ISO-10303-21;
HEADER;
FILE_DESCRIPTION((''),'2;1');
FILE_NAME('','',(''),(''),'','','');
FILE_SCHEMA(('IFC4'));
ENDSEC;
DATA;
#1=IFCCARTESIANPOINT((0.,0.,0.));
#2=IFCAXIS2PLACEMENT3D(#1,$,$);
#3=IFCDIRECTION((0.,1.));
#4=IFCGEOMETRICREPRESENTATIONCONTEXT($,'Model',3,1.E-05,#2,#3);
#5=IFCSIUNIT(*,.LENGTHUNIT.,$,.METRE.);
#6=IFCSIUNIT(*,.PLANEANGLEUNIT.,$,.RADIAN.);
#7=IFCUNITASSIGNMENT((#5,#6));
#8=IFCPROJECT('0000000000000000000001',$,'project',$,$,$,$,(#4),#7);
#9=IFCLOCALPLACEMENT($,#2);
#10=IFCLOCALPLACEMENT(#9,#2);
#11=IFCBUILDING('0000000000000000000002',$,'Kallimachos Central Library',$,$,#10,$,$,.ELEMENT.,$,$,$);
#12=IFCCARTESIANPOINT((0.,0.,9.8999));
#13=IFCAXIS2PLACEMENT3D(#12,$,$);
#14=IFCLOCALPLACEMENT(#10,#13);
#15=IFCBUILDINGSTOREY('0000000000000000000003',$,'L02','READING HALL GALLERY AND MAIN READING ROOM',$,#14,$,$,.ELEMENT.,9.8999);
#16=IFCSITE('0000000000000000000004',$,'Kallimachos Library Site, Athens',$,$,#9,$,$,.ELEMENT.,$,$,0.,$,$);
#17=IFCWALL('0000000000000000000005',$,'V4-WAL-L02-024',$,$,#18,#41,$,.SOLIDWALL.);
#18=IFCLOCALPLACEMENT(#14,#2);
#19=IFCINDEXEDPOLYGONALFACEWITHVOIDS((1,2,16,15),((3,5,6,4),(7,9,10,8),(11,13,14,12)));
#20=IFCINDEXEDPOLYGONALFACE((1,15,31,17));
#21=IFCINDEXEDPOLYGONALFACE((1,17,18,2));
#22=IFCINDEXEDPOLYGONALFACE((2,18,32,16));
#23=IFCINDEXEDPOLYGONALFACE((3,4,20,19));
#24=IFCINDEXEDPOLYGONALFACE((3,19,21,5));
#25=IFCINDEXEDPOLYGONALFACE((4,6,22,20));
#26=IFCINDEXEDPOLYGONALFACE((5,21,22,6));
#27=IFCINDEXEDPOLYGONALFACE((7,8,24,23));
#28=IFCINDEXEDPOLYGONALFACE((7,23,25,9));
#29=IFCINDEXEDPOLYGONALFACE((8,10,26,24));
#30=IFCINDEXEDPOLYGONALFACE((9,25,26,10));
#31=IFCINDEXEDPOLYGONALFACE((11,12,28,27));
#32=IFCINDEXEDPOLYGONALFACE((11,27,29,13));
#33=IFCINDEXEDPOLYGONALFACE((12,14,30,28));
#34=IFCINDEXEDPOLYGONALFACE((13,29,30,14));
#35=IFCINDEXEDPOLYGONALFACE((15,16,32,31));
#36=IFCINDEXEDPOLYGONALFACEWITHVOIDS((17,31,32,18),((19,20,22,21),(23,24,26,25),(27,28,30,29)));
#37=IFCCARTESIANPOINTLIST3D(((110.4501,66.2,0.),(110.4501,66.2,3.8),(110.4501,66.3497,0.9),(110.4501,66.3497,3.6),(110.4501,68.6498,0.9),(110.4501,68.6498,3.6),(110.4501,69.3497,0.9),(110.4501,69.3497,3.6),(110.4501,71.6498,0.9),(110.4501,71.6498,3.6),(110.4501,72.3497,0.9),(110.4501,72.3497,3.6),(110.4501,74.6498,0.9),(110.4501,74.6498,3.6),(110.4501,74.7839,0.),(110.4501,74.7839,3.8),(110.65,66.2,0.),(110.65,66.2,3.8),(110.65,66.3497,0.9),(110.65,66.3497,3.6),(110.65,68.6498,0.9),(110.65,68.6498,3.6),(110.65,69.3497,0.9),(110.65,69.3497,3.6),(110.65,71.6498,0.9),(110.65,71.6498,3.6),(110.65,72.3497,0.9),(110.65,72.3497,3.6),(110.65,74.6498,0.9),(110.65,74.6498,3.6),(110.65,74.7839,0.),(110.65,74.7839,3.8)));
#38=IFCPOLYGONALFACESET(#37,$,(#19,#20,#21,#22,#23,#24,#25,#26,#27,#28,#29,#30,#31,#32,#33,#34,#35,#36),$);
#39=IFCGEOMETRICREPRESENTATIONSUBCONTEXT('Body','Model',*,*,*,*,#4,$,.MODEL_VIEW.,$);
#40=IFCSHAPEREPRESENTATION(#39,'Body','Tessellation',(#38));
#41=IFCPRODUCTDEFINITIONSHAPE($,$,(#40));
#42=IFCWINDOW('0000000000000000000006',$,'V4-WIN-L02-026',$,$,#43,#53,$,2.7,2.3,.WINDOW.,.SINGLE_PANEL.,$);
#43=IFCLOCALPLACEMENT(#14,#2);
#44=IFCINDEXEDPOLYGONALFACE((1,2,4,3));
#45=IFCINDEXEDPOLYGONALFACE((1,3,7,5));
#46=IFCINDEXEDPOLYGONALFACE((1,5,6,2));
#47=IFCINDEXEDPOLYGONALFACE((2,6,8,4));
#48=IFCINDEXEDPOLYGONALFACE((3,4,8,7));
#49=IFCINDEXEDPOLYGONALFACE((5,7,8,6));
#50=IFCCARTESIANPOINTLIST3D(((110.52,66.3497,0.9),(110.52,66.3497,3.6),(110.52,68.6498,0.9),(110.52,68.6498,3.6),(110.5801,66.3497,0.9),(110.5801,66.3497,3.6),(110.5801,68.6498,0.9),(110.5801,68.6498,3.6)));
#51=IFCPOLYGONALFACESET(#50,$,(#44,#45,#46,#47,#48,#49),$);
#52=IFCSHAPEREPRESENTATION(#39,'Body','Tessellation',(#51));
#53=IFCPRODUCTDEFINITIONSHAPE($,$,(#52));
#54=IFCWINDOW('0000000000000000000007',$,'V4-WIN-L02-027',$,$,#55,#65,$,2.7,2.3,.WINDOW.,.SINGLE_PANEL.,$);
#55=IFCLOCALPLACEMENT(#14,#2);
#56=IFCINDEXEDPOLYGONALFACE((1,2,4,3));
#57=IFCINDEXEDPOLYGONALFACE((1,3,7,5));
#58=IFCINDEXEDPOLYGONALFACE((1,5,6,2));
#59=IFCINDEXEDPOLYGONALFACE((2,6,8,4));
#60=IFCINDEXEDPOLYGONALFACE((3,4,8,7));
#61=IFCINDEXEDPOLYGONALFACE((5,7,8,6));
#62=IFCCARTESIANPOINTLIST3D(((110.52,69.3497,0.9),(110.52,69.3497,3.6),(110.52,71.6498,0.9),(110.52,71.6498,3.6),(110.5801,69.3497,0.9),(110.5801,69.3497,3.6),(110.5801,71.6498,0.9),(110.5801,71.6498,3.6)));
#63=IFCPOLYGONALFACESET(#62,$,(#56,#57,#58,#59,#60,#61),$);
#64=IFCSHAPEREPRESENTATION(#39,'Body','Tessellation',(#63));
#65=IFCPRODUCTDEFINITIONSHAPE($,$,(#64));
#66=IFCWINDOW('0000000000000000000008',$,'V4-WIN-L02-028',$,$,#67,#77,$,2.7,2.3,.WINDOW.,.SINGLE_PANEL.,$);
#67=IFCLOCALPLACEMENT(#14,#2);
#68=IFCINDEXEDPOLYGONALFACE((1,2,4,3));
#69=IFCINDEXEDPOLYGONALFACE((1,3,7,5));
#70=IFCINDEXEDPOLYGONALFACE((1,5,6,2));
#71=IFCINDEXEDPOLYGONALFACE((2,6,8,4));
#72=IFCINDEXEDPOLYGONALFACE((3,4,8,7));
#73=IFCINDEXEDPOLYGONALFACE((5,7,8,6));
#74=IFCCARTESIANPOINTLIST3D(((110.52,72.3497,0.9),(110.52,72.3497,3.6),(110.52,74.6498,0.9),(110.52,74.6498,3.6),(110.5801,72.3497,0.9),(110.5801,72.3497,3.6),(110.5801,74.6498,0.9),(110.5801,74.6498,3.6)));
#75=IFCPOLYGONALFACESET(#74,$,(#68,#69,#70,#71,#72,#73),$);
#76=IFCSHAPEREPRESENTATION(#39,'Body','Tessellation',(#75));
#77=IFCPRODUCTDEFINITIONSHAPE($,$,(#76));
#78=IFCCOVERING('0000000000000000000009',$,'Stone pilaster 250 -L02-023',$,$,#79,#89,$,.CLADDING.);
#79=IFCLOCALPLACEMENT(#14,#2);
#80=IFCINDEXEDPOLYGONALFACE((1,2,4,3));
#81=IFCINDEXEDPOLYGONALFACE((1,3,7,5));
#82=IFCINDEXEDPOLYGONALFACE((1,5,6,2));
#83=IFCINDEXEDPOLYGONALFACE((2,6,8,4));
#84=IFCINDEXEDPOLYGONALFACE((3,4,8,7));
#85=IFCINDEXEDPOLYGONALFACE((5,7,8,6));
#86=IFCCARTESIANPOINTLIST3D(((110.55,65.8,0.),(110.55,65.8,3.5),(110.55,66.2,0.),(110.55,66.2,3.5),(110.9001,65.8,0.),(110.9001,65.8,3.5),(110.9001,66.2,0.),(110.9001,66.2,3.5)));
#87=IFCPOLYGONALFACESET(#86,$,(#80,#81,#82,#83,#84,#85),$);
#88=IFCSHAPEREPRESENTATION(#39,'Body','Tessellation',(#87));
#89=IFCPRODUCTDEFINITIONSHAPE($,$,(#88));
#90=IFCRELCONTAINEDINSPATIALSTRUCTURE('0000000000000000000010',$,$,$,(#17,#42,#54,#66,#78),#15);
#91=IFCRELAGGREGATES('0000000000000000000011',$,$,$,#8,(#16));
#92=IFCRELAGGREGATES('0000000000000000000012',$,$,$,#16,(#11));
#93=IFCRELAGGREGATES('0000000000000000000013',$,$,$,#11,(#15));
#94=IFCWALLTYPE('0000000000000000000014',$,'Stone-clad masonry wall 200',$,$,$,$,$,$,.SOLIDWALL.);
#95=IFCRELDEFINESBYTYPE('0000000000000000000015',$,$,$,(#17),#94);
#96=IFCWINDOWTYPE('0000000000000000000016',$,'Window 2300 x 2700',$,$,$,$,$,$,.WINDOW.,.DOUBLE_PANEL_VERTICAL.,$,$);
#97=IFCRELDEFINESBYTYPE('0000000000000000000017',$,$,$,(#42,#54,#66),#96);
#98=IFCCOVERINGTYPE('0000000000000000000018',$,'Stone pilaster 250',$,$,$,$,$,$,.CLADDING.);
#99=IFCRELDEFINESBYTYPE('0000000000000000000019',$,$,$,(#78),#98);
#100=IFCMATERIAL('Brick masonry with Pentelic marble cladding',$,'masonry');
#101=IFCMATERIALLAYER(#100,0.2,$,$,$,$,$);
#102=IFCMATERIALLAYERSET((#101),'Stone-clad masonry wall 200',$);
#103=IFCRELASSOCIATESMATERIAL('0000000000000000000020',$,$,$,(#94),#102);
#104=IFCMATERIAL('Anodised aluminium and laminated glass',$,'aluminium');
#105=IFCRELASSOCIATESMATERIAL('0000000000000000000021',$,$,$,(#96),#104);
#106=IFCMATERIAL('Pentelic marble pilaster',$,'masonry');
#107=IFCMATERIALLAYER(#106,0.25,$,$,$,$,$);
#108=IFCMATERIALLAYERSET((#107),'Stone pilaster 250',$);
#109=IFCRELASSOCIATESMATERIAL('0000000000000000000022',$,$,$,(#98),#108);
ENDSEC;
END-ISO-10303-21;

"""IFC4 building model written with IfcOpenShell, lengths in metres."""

from ifc_helpers import new_model, si_unit, direction, frame, frame_2d, origin, origin_2d, place, context, subcontext, project, spatial, rectangle, extrude, material, layer, layer_set, type_object, element, fill, save


model = new_model("IFC4")

# Units and contexts
model_context = context("Model", 3, precision=1e-05, world=origin(), true_north=direction((0.0, 1.0)))
body_context = subcontext(model_context, "Body", "Model", "MODEL_VIEW")
ifc_project = project(units=[si_unit("LENGTHUNIT", "METRE"), si_unit("PLANEANGLEUNIT", "RADIAN")], contexts=[model_context])

# Site, building, storey
site_placement = place(None, origin())
site = spatial("IfcSite", under=ifc_project, at=site_placement, Name="Kallimachos Library Site, Athens", CompositionType="ELEMENT", RefElevation=0.0)
building_placement = place(site_placement, origin())
building = spatial("IfcBuilding", under=site, at=building_placement, Name="Kallimachos Central Library", CompositionType="ELEMENT")
storey_placement = place(building_placement, frame((0.0, 0.0, 9.8999)))
storey = spatial("IfcBuildingStorey", under=building, at=storey_placement, Name="L02", Description="READING HALL GALLERY AND MAIN READING ROOM", CompositionType="ELEMENT", Elevation=9.8999)

# Wall, openings, windows
ifc_material_1 = material(Name="Brick masonry with Pentelic marble cladding", Category="masonry")
ifc_layer_1 = layer(ifc_material_1, 0.2)
ifc_layer_set_1 = layer_set([ifc_layer_1], Name="Stone-clad masonry wall 200")
wall_type_1 = type_object("IfcWallType", Name="Stone-clad masonry wall 200", PredefinedType="SOLIDWALL", material=ifc_layer_set_1)
wall_1_placement = place(storey_placement, frame((110.55, 66.2, 0.0), z_axis=(0.0, 0.0, 1.0), x_axis=(0.0, 1.0, 0.0)))
wall_1 = element("IfcWall", 1, at=wall_1_placement, inside=storey, type_object=wall_type_1, Name="V4-WAL-L02-024", PredefinedType="SOLIDWALL", context=body_context, shape_type="SweptSolid", body=[
    extrude(rectangle(XDim=8.584, YDim=0.2, at=frame_2d((4.292, 0.0))), origin(), (0.0, 0.0, 1.0), 3.8),
])
opening_1_placement = place(wall_1_placement, frame((0.1499, 0.0, 0.8999)))
opening_1 = element("IfcOpeningElement", 2, at=opening_1_placement, cuts=wall_1, PredefinedType="OPENING", context=body_context, shape_type="SweptSolid", body=[
    extrude(rectangle(XDim=2.3, YDim=2.7, at=frame_2d((1.1499, 1.3501))), frame((0.0, 0.1099, 0.0), z_axis=(0.0, -1.0, 0.0), x_axis=(1.0, 0.0, 0.0)), (0.0, 0.0, 1.0), 0.22),
])
opening_2_placement = place(wall_1_placement, frame((3.1499, 0.0, 0.8999)))
opening_2 = element("IfcOpeningElement", 3, at=opening_2_placement, cuts=wall_1, PredefinedType="OPENING", context=body_context, shape_type="SweptSolid", body=[
    extrude(rectangle(XDim=2.3, YDim=2.7, at=frame_2d((1.1499, 1.3501))), frame((0.0, 0.1099, 0.0), z_axis=(0.0, -1.0, 0.0), x_axis=(1.0, 0.0, 0.0)), (0.0, 0.0, 1.0), 0.22),
])
opening_3_placement = place(wall_1_placement, frame((6.1499, 0.0, 0.8999)))
opening_3 = element("IfcOpeningElement", 4, at=opening_3_placement, cuts=wall_1, PredefinedType="OPENING", context=body_context, shape_type="SweptSolid", body=[
    extrude(rectangle(XDim=2.3, YDim=2.7, at=frame_2d((1.1499, 1.3501))), frame((0.0, 0.1099, 0.0), z_axis=(0.0, -1.0, 0.0), x_axis=(1.0, 0.0, 0.0)), (0.0, 0.0, 1.0), 0.22),
])
ifc_material_2 = material(Name="Anodised aluminium and laminated glass", Category="aluminium")
window_type = type_object("IfcWindowType", Name="Window 2300 x 2700", PartitioningType="DOUBLE_PANEL_VERTICAL", PredefinedType="WINDOW", material=ifc_material_2)
window_1_placement = place(opening_1_placement, origin())
window_1 = element("IfcWindow", 5, at=window_1_placement, inside=storey, type_object=window_type, Name="V4-WIN-L02-026", OverallHeight=2.7, OverallWidth=2.3, PartitioningType="SINGLE_PANEL", PredefinedType="WINDOW", context=body_context, shape_type="SweptSolid", body=[
    extrude(rectangle(XDim=2.3, YDim=2.7, at=frame_2d((1.1499, 1.3501))), frame((0.0, 0.03, 0.0), z_axis=(0.0, -1.0, 0.0), x_axis=(1.0, 0.0, 0.0)), (0.0, 0.0, 1.0), 0.0601),
])
fill(opening_1, window_1)
window_2_placement = place(opening_2_placement, origin())
window_2 = element("IfcWindow", 6, at=window_2_placement, inside=storey, type_object=window_type, Name="V4-WIN-L02-027", OverallHeight=2.7, OverallWidth=2.3, PartitioningType="SINGLE_PANEL", PredefinedType="WINDOW", context=body_context, shape_type="SweptSolid", body=[
    extrude(rectangle(XDim=2.3, YDim=2.7, at=frame_2d((1.1499, 1.3501))), frame((0.0, 0.03, 0.0), z_axis=(0.0, -1.0, 0.0), x_axis=(1.0, 0.0, 0.0)), (0.0, 0.0, 1.0), 0.0601),
])
fill(opening_2, window_2)
window_3_placement = place(opening_3_placement, origin())
window_3 = element("IfcWindow", 7, at=window_3_placement, inside=storey, type_object=window_type, Name="V4-WIN-L02-028", OverallHeight=2.7, OverallWidth=2.3, PartitioningType="SINGLE_PANEL", PredefinedType="WINDOW", context=body_context, shape_type="SweptSolid", body=[
    extrude(rectangle(XDim=2.3, YDim=2.7, at=frame_2d((1.1499, 1.3501))), frame((0.0, 0.03, 0.0), z_axis=(0.0, -1.0, 0.0), x_axis=(1.0, 0.0, 0.0)), (0.0, 0.0, 1.0), 0.0601),
])
fill(opening_3, window_3)

# Covering
ifc_material_3 = material(Name="Pentelic marble pilaster", Category="masonry")
ifc_layer_2 = layer(ifc_material_3, 0.25)
ifc_layer_set_2 = layer_set([ifc_layer_2], Name="Stone pilaster 250")
covering_type = type_object("IfcCoveringType", Name="Stone pilaster 250", PredefinedType="CLADDING", material=ifc_layer_set_2)
covering_placement = place(storey_placement, frame((110.7251, 66.0, 0.0), z_axis=(0.0, 0.0, 1.0), x_axis=(1.0, 0.0, 0.0)))
element("IfcCovering", 8, at=covering_placement, inside=storey, type_object=covering_type, Name="Stone pilaster 250 -L02-023", PredefinedType="CLADDING", context=body_context, shape_type="SweptSolid", body=[
    extrude(rectangle(XDim=0.3501, YDim=0.3999, at=origin_2d()), origin(), (0.0, 0.0, 1.0), 3.5),
])

save(model, "model.ifc")
